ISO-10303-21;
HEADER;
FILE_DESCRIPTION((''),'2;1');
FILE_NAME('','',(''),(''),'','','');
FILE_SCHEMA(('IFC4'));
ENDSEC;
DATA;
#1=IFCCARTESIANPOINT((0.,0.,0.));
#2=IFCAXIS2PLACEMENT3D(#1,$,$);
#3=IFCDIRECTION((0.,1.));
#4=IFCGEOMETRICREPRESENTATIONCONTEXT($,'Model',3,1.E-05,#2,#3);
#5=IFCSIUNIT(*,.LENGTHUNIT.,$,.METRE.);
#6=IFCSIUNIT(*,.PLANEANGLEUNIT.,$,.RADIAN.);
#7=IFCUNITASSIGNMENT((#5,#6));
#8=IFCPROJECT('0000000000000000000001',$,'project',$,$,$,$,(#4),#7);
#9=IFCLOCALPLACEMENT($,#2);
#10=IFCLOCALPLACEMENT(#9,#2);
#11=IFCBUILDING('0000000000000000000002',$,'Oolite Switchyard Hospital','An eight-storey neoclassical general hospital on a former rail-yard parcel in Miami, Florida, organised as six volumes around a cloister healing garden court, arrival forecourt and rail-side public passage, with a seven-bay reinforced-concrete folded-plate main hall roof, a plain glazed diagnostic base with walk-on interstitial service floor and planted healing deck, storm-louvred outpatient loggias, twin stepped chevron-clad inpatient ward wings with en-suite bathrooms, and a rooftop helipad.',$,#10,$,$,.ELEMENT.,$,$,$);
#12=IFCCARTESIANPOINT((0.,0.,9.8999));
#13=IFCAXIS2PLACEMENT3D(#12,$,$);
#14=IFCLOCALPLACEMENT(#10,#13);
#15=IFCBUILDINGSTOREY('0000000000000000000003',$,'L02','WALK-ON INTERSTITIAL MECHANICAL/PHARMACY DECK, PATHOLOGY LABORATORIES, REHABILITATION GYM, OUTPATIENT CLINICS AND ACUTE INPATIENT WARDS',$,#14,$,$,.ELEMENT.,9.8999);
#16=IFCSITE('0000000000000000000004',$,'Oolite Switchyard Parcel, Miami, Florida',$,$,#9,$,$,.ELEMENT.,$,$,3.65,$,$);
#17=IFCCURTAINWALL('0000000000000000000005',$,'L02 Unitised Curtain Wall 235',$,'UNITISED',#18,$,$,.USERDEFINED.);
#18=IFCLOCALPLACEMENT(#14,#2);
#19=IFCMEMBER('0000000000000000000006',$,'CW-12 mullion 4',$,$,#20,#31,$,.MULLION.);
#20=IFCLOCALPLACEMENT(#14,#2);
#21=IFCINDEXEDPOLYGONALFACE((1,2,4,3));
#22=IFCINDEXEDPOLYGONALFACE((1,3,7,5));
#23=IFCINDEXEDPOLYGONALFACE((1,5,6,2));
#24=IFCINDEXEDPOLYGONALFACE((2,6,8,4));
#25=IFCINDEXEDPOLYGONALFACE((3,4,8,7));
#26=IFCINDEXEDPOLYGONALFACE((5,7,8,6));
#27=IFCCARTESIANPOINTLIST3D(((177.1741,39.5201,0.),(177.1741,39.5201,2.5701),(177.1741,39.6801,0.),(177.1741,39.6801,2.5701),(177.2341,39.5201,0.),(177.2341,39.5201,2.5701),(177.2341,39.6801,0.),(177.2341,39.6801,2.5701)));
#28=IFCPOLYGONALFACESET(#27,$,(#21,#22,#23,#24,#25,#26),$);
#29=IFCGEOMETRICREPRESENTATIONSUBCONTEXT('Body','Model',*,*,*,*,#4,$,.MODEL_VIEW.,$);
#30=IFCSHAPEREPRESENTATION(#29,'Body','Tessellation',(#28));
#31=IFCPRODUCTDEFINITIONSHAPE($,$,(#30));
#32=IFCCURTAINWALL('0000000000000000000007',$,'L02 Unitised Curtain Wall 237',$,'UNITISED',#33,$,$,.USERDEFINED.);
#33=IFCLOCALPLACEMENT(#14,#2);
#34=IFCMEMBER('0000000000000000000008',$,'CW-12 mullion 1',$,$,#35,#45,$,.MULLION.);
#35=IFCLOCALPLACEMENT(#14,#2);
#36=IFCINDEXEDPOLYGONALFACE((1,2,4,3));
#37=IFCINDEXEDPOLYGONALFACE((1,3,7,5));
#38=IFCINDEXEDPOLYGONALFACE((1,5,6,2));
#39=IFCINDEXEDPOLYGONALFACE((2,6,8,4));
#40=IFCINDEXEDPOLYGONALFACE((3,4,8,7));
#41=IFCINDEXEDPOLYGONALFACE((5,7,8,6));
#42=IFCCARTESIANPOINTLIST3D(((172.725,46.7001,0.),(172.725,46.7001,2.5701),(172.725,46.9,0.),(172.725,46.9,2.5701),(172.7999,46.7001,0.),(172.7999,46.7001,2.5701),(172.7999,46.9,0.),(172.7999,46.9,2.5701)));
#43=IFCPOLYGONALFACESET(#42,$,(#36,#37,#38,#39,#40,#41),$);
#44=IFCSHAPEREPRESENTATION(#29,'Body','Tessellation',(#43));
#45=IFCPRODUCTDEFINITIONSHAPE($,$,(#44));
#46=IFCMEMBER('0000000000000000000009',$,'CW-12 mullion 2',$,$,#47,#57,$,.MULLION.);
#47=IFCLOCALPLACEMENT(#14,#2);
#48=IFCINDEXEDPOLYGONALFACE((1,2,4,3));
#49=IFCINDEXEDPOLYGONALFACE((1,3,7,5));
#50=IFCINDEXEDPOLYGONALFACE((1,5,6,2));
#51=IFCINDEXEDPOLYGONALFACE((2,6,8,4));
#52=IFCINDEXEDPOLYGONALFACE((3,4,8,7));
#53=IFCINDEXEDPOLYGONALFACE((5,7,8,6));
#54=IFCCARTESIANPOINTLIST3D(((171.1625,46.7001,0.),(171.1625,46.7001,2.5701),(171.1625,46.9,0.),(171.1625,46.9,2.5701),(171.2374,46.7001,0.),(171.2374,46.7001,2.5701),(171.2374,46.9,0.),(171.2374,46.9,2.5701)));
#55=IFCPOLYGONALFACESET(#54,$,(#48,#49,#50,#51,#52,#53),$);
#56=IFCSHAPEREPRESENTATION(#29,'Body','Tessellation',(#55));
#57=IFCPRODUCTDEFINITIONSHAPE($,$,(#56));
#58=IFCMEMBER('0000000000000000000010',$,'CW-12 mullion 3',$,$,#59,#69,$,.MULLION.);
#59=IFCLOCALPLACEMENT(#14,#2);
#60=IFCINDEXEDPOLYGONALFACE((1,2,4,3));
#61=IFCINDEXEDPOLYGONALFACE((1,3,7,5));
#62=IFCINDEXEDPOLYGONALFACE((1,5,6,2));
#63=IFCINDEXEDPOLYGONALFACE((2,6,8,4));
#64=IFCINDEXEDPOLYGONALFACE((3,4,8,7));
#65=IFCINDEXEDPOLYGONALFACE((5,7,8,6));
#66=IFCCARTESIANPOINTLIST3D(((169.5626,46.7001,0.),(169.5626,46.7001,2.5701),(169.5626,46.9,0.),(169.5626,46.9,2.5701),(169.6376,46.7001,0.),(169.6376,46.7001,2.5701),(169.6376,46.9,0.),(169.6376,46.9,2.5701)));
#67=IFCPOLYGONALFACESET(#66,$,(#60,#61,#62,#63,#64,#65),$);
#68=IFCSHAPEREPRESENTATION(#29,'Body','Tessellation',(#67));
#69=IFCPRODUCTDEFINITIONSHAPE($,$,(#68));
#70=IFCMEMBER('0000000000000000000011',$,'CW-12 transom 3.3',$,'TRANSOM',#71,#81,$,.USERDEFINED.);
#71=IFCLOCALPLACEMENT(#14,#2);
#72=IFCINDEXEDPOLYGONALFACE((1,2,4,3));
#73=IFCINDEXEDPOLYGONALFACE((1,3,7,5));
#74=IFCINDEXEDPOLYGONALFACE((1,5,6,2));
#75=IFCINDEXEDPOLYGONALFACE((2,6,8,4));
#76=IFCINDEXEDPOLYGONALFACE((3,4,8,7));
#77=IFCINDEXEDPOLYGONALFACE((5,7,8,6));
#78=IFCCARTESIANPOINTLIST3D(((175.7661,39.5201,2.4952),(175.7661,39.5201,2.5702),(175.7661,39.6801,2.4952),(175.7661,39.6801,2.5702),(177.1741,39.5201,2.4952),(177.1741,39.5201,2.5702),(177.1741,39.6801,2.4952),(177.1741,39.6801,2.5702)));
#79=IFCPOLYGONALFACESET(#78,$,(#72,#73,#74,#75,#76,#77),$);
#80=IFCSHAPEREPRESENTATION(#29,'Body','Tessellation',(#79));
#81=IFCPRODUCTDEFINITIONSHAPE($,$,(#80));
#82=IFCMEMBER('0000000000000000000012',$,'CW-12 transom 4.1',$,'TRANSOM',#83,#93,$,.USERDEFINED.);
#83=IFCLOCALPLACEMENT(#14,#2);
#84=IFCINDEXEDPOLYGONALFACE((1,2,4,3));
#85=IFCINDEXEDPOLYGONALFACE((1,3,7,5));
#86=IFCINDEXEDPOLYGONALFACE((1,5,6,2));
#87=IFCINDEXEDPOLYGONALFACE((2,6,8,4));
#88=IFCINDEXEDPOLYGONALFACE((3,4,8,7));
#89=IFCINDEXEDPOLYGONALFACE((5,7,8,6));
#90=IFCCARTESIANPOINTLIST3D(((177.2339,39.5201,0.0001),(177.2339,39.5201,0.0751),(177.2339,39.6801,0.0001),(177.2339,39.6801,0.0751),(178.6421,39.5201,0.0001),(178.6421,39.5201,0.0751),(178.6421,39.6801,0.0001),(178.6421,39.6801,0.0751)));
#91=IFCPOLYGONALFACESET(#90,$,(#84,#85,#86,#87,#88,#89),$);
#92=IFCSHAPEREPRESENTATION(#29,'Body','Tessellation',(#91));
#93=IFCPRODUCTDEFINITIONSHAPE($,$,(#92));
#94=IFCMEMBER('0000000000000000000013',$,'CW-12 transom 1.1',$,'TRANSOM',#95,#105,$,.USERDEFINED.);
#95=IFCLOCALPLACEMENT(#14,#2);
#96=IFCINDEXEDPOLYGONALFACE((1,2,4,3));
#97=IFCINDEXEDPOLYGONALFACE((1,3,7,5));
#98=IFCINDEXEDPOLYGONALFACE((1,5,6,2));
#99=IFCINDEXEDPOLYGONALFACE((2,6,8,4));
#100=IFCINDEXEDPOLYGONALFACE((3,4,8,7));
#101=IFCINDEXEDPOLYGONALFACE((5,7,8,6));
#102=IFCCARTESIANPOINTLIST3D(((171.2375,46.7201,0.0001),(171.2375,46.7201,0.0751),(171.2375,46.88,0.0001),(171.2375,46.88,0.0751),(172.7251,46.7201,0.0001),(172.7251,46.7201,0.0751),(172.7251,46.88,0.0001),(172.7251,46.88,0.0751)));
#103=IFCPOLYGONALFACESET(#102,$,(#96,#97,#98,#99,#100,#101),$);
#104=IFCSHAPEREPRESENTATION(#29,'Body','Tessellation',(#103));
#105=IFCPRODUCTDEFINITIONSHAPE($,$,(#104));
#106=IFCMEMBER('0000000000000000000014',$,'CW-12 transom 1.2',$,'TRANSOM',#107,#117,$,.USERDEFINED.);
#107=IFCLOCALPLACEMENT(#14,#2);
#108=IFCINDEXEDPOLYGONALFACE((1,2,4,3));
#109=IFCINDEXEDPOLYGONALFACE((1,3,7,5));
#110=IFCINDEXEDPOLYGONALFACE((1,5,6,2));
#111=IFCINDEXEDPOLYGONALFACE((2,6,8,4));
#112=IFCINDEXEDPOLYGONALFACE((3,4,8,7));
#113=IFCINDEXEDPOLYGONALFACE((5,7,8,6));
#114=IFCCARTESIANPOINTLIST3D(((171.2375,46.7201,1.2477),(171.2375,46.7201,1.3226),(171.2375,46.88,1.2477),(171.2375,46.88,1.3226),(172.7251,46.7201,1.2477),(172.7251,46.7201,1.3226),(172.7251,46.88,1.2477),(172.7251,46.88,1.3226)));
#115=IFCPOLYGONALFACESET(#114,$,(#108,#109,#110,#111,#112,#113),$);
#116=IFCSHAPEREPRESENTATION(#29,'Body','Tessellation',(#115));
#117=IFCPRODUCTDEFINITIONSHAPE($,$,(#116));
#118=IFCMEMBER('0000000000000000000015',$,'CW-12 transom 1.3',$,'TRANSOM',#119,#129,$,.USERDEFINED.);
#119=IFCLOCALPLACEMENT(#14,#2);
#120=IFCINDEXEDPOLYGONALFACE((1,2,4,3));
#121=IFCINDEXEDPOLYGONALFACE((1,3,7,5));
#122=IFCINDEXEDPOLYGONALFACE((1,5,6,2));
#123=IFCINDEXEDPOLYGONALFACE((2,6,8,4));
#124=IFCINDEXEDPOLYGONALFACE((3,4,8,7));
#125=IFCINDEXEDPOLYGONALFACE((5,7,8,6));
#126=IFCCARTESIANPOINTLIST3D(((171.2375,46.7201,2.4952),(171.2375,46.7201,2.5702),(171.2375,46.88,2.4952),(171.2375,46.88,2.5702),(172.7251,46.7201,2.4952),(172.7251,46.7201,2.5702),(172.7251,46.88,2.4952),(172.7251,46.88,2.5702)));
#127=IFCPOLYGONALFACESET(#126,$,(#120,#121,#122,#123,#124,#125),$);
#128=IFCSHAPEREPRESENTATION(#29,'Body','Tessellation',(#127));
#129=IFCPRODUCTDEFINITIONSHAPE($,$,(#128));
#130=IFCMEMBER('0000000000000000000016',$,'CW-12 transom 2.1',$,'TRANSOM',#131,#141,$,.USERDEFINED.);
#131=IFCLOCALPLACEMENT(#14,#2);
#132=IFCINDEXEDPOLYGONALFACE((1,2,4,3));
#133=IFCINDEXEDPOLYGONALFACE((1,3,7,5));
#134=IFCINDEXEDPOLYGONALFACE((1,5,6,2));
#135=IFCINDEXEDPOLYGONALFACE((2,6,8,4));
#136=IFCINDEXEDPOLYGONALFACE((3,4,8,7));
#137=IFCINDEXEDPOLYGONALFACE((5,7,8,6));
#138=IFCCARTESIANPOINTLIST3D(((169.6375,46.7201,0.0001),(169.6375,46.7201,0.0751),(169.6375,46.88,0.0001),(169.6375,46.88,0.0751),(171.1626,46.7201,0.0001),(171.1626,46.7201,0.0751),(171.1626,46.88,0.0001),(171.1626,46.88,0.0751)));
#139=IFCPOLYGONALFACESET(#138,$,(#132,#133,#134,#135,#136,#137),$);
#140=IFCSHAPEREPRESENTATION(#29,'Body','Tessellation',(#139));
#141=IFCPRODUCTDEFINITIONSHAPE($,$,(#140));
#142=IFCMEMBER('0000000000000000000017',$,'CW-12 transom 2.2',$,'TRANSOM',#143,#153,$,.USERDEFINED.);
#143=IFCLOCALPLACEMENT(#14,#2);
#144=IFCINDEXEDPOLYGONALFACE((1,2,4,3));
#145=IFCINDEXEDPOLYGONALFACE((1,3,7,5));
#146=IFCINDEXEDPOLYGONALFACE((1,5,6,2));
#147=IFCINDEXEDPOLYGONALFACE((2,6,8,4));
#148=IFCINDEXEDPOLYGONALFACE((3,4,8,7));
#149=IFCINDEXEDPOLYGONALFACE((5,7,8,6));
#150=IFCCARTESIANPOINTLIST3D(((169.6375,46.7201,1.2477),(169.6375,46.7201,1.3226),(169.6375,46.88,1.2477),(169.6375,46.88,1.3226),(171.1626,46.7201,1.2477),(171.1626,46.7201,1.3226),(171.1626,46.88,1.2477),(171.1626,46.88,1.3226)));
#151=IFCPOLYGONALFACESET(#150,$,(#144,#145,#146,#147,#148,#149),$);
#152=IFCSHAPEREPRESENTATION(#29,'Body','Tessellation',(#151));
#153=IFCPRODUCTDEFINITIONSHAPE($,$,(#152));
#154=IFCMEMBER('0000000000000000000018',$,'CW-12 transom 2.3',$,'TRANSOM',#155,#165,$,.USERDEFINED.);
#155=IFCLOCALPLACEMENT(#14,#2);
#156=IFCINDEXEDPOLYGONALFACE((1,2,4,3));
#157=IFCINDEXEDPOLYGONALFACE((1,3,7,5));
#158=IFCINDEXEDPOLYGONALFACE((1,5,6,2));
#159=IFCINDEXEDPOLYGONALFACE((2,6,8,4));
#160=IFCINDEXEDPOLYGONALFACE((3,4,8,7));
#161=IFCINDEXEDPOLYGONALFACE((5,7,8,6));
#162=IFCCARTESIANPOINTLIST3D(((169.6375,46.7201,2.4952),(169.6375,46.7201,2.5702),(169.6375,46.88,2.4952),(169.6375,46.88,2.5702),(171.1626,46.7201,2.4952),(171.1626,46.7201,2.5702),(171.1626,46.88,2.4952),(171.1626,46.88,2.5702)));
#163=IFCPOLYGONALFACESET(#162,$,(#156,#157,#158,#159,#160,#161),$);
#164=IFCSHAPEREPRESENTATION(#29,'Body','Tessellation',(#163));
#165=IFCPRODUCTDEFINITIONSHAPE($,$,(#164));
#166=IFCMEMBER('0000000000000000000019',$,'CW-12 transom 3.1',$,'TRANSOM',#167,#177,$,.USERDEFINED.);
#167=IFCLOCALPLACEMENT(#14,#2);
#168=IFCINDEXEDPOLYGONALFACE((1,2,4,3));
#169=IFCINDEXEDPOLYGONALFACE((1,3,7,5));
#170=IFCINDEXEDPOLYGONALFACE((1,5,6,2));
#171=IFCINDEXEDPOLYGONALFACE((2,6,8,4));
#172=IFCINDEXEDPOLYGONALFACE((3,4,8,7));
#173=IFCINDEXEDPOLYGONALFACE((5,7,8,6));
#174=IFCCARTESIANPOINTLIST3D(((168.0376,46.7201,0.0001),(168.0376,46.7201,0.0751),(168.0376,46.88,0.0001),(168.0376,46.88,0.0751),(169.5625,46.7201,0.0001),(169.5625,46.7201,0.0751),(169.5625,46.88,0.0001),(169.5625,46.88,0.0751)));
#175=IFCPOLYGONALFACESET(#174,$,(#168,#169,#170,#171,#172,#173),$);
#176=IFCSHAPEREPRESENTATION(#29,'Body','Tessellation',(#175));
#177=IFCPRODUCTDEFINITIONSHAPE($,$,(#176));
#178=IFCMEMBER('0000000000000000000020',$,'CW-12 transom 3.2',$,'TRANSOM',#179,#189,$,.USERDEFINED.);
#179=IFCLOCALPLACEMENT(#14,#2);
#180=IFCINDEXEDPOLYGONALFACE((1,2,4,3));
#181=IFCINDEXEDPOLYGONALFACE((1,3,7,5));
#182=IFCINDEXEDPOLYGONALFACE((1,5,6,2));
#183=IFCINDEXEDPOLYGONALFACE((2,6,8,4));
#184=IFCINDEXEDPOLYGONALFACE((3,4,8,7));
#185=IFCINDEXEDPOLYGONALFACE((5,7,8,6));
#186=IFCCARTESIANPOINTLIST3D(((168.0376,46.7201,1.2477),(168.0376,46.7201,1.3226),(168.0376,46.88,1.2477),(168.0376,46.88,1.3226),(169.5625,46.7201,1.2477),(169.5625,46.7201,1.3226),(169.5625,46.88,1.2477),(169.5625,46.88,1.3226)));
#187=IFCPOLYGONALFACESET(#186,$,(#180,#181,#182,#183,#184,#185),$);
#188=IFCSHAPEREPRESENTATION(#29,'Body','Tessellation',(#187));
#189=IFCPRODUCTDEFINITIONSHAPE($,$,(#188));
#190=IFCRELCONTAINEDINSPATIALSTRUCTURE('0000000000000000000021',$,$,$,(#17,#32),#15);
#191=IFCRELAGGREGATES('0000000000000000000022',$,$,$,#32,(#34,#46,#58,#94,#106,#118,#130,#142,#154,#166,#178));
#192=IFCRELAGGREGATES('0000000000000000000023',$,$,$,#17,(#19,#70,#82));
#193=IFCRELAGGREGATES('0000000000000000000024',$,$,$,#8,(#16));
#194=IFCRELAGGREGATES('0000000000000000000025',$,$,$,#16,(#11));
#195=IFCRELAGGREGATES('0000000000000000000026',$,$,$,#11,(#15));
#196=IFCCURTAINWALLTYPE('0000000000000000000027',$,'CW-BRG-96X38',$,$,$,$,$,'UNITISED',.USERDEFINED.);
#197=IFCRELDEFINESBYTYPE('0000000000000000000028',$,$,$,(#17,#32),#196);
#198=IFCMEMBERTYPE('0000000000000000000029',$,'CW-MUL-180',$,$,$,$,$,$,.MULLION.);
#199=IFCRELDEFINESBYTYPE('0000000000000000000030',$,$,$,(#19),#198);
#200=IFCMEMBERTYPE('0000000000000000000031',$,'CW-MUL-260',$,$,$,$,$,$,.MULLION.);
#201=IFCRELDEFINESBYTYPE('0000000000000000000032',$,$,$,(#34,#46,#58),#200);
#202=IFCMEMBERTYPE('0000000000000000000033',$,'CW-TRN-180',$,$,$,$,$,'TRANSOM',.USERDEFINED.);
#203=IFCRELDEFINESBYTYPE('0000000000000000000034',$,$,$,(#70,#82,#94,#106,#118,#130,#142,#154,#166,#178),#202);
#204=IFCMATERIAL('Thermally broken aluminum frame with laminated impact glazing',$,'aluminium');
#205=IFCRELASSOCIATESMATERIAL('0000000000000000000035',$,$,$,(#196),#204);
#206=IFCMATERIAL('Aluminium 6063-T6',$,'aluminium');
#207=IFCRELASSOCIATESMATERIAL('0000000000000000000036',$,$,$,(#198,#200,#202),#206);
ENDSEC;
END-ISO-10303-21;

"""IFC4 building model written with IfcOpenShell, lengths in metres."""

from ifc_helpers import new_model, si_unit, direction, frame, origin, origin_2d, place, context, subcontext, project, spatial, rectangle, extrude, material, material_profile, profile_set, type_object, element, aggregate, save


model = new_model("IFC4")

# Units and contexts
model_context = context("Model", 3, precision=1e-05, world=origin(), true_north=direction((0.0, 1.0)))
body_context = subcontext(model_context, "Body", "Model", "MODEL_VIEW")
ifc_project = project(units=[si_unit("LENGTHUNIT", "METRE"), si_unit("PLANEANGLEUNIT", "RADIAN")], contexts=[model_context])

# Site, building, storey
site_placement = place(None, origin())
site = spatial("IfcSite", under=ifc_project, at=site_placement, Name="Oolite Switchyard Parcel, Miami, Florida", CompositionType="ELEMENT", RefElevation=3.65)
building_placement = place(site_placement, origin())
building = spatial("IfcBuilding", under=site, at=building_placement, Name="Oolite Switchyard Hospital", Description="An eight-storey neoclassical general hospital on a former rail-yard parcel in Miami, Florida, organised as six volumes around a cloister healing garden court, arrival forecourt and rail-side public passage, with a seven-bay reinforced-concrete folded-plate main hall roof, a plain glazed diagnostic base with walk-on interstitial service floor and planted healing deck, storm-louvred outpatient loggias, twin stepped chevron-clad inpatient ward wings with en-suite bathrooms, and a rooftop helipad.", CompositionType="ELEMENT")
storey_placement = place(building_placement, frame((0.0, 0.0, 9.8999)))
storey = spatial("IfcBuildingStorey", under=building, at=storey_placement, Name="L02", Description="WALK-ON INTERSTITIAL MECHANICAL/PHARMACY DECK, PATHOLOGY LABORATORIES, REHABILITATION GYM, OUTPATIENT CLINICS AND ACUTE INPATIENT WARDS", CompositionType="ELEMENT", Elevation=9.8999)

# Curtain wall, member
ifc_material_1 = material(Name="Thermally broken aluminum frame with laminated impact glazing", Category="aluminium")
curtain_wall_type = type_object("IfcCurtainWallType", Name="CW-BRG-96X38", ElementType="UNITISED", PredefinedType="USERDEFINED", material=ifc_material_1)
curtain_wall_1_placement = place(storey_placement, origin())
curtain_wall_1 = element("IfcCurtainWall", 1, at=curtain_wall_1_placement, inside=storey, type_object=curtain_wall_type, Name="L02 Unitised Curtain Wall 235", ObjectType="UNITISED", PredefinedType="USERDEFINED")
ifc_material_2 = material(Name="Aluminium 6063-T6", Category="aluminium")
ifc_material_profile_1 = material_profile(ifc_material_2, rectangle(XDim=0.1599, YDim=0.0601, at=origin_2d()), Name="CWM60X160")
ifc_profile_set_1 = profile_set([ifc_material_profile_1], Name="Aluminium 6063-T6")
member_type_1 = type_object("IfcMemberType", Name="CW-MUL-180", PredefinedType="MULLION", material=ifc_profile_set_1)
member_1_placement = place(storey_placement, frame((177.2041, 39.6001, 0.0), z_axis=(0.0, 0.0, 1.0), x_axis=(0.0, 1.0, 0.0)))
member_1 = element("IfcMember", 2, at=member_1_placement, type_object=member_type_1, Name="CW-12 mullion 4", PredefinedType="MULLION", context=body_context, shape_type="SweptSolid", body=[
    extrude(rectangle(XDim=0.1599, YDim=0.0601, at=origin_2d()), origin(), (0.0, 0.0, 1.0), 2.5701),
])

# Curtain wall, members
curtain_wall_2_placement = place(storey_placement, origin())
curtain_wall_2 = element("IfcCurtainWall", 3, at=curtain_wall_2_placement, inside=storey, type_object=curtain_wall_type, Name="L02 Unitised Curtain Wall 237", ObjectType="UNITISED", PredefinedType="USERDEFINED")
ifc_material_profile_2 = material_profile(ifc_material_2, rectangle(XDim=0.2, YDim=0.075, at=origin_2d()), Name="CWM75X200")
ifc_profile_set_2 = profile_set([ifc_material_profile_2], Name="Aluminium 6063-T6")
member_type_2 = type_object("IfcMemberType", Name="CW-MUL-260", PredefinedType="MULLION", material=ifc_profile_set_2)
member_2_placement = place(storey_placement, frame((172.7625, 46.8, 0.0), z_axis=(0.0, 0.0, 1.0), x_axis=(0.0, -1.0, 0.0)))
member_2 = element("IfcMember", 4, at=member_2_placement, type_object=member_type_2, Name="CW-12 mullion 1", PredefinedType="MULLION", context=body_context, shape_type="SweptSolid", body=[
    extrude(rectangle(XDim=0.2, YDim=0.075, at=origin_2d()), origin(), (0.0, 0.0, 1.0), 2.5701),
])
member_3_placement = place(storey_placement, frame((171.2, 46.8, 0.0), z_axis=(0.0, 0.0, 1.0), x_axis=(0.0, -1.0, 0.0)))
member_3 = element("IfcMember", 5, at=member_3_placement, type_object=member_type_2, Name="CW-12 mullion 2", PredefinedType="MULLION", context=body_context, shape_type="SweptSolid", body=[
    extrude(rectangle(XDim=0.2, YDim=0.075, at=origin_2d()), origin(), (0.0, 0.0, 1.0), 2.5701),
])
member_4_placement = place(storey_placement, frame((169.6001, 46.8, 0.0), z_axis=(0.0, 0.0, 1.0), x_axis=(0.0, -1.0, 0.0)))
member_4 = element("IfcMember", 6, at=member_4_placement, type_object=member_type_2, Name="CW-12 mullion 3", PredefinedType="MULLION", context=body_context, shape_type="SweptSolid", body=[
    extrude(rectangle(XDim=0.2, YDim=0.075, at=origin_2d()), origin(), (0.0, 0.0, 1.0), 2.5701),
])

# Members
ifc_material_profile_3 = material_profile(ifc_material_2, rectangle(XDim=0.1599, YDim=0.075, at=origin_2d()), Name="CWT75X160")
ifc_profile_set_3 = profile_set([ifc_material_profile_3], Name="Aluminium 6063-T6")
member_type_3 = type_object("IfcMemberType", Name="CW-TRN-180", ElementType="TRANSOM", PredefinedType="USERDEFINED", material=ifc_profile_set_3)
member_5_placement = place(storey_placement, frame((175.7661, 39.6001, 2.5327), z_axis=(1.0, 0.0, 0.0), x_axis=(0.0, 1.0, 0.0)))
member_5 = element("IfcMember", 7, at=member_5_placement, type_object=member_type_3, Name="CW-12 transom 3.3", ObjectType="TRANSOM", PredefinedType="USERDEFINED", context=body_context, shape_type="SweptSolid", body=[
    extrude(rectangle(XDim=0.1599, YDim=0.075, at=origin_2d()), origin(), (0.0, 0.0, 1.0), 1.408),
])
member_6_placement = place(storey_placement, frame((177.2339, 39.6001, 0.0376), z_axis=(1.0, 0.0, 0.0), x_axis=(0.0, 1.0, 0.0)))
member_6 = element("IfcMember", 8, at=member_6_placement, type_object=member_type_3, Name="CW-12 transom 4.1", ObjectType="TRANSOM", PredefinedType="USERDEFINED", context=body_context, shape_type="SweptSolid", body=[
    extrude(rectangle(XDim=0.1599, YDim=0.075, at=origin_2d()), origin(), (0.0, 0.0, 1.0), 1.4082),
])
member_7_placement = place(storey_placement, frame((172.7251, 46.8, 0.0376), z_axis=(-1.0, 0.0, 0.0), x_axis=(0.0, -1.0, 0.0)))
member_7 = element("IfcMember", 9, at=member_7_placement, type_object=member_type_3, Name="CW-12 transom 1.1", ObjectType="TRANSOM", PredefinedType="USERDEFINED", context=body_context, shape_type="SweptSolid", body=[
    extrude(rectangle(XDim=0.1599, YDim=0.075, at=origin_2d()), origin(), (0.0, 0.0, 1.0), 1.4875),
])
member_8_placement = place(storey_placement, frame((172.7251, 46.8, 1.2852), z_axis=(-1.0, 0.0, 0.0), x_axis=(0.0, -1.0, 0.0)))
member_8 = element("IfcMember", 10, at=member_8_placement, type_object=member_type_3, Name="CW-12 transom 1.2", ObjectType="TRANSOM", PredefinedType="USERDEFINED", context=body_context, shape_type="SweptSolid", body=[
    extrude(rectangle(XDim=0.1599, YDim=0.075, at=origin_2d()), origin(), (0.0, 0.0, 1.0), 1.4875),
])
member_9_placement = place(storey_placement, frame((172.7251, 46.8, 2.5327), z_axis=(-1.0, 0.0, 0.0), x_axis=(0.0, -1.0, 0.0)))
member_9 = element("IfcMember", 11, at=member_9_placement, type_object=member_type_3, Name="CW-12 transom 1.3", ObjectType="TRANSOM", PredefinedType="USERDEFINED", context=body_context, shape_type="SweptSolid", body=[
    extrude(rectangle(XDim=0.1599, YDim=0.075, at=origin_2d()), origin(), (0.0, 0.0, 1.0), 1.4875),
])
member_10_placement = place(storey_placement, frame((171.1626, 46.8, 0.0376), z_axis=(-1.0, 0.0, 0.0), x_axis=(0.0, -1.0, 0.0)))
member_10 = element("IfcMember", 12, at=member_10_placement, type_object=member_type_3, Name="CW-12 transom 2.1", ObjectType="TRANSOM", PredefinedType="USERDEFINED", context=body_context, shape_type="SweptSolid", body=[
    extrude(rectangle(XDim=0.1599, YDim=0.075, at=origin_2d()), origin(), (0.0, 0.0, 1.0), 1.5251),
])
member_11_placement = place(storey_placement, frame((171.1626, 46.8, 1.2852), z_axis=(-1.0, 0.0, 0.0), x_axis=(0.0, -1.0, 0.0)))
member_11 = element("IfcMember", 13, at=member_11_placement, type_object=member_type_3, Name="CW-12 transom 2.2", ObjectType="TRANSOM", PredefinedType="USERDEFINED", context=body_context, shape_type="SweptSolid", body=[
    extrude(rectangle(XDim=0.1599, YDim=0.075, at=origin_2d()), origin(), (0.0, 0.0, 1.0), 1.5251),
])
member_12_placement = place(storey_placement, frame((171.1626, 46.8, 2.5327), z_axis=(-1.0, 0.0, 0.0), x_axis=(0.0, -1.0, 0.0)))
member_12 = element("IfcMember", 14, at=member_12_placement, type_object=member_type_3, Name="CW-12 transom 2.3", ObjectType="TRANSOM", PredefinedType="USERDEFINED", context=body_context, shape_type="SweptSolid", body=[
    extrude(rectangle(XDim=0.1599, YDim=0.075, at=origin_2d()), origin(), (0.0, 0.0, 1.0), 1.5251),
])
member_13_placement = place(storey_placement, frame((169.5625, 46.8, 0.0376), z_axis=(-1.0, 0.0, 0.0), x_axis=(0.0, -1.0, 0.0)))
member_13 = element("IfcMember", 15, at=member_13_placement, type_object=member_type_3, Name="CW-12 transom 3.1", ObjectType="TRANSOM", PredefinedType="USERDEFINED", context=body_context, shape_type="SweptSolid", body=[
    extrude(rectangle(XDim=0.1599, YDim=0.075, at=origin_2d()), origin(), (0.0, 0.0, 1.0), 1.5249),
])
member_14_placement = place(storey_placement, frame((169.5625, 46.8, 1.2852), z_axis=(-1.0, 0.0, 0.0), x_axis=(0.0, -1.0, 0.0)))
member_14 = element("IfcMember", 16, at=member_14_placement, type_object=member_type_3, Name="CW-12 transom 3.2", ObjectType="TRANSOM", PredefinedType="USERDEFINED", context=body_context, shape_type="SweptSolid", body=[
    extrude(rectangle(XDim=0.1599, YDim=0.075, at=origin_2d()), origin(), (0.0, 0.0, 1.0), 1.5249),
])

aggregate(curtain_wall_2, [member_2, member_3, member_4, member_7, member_8, member_9, member_10, member_11, member_12, member_13, member_14])
aggregate(curtain_wall_1, [member_1, member_5, member_6])

save(model, "model.ifc")
